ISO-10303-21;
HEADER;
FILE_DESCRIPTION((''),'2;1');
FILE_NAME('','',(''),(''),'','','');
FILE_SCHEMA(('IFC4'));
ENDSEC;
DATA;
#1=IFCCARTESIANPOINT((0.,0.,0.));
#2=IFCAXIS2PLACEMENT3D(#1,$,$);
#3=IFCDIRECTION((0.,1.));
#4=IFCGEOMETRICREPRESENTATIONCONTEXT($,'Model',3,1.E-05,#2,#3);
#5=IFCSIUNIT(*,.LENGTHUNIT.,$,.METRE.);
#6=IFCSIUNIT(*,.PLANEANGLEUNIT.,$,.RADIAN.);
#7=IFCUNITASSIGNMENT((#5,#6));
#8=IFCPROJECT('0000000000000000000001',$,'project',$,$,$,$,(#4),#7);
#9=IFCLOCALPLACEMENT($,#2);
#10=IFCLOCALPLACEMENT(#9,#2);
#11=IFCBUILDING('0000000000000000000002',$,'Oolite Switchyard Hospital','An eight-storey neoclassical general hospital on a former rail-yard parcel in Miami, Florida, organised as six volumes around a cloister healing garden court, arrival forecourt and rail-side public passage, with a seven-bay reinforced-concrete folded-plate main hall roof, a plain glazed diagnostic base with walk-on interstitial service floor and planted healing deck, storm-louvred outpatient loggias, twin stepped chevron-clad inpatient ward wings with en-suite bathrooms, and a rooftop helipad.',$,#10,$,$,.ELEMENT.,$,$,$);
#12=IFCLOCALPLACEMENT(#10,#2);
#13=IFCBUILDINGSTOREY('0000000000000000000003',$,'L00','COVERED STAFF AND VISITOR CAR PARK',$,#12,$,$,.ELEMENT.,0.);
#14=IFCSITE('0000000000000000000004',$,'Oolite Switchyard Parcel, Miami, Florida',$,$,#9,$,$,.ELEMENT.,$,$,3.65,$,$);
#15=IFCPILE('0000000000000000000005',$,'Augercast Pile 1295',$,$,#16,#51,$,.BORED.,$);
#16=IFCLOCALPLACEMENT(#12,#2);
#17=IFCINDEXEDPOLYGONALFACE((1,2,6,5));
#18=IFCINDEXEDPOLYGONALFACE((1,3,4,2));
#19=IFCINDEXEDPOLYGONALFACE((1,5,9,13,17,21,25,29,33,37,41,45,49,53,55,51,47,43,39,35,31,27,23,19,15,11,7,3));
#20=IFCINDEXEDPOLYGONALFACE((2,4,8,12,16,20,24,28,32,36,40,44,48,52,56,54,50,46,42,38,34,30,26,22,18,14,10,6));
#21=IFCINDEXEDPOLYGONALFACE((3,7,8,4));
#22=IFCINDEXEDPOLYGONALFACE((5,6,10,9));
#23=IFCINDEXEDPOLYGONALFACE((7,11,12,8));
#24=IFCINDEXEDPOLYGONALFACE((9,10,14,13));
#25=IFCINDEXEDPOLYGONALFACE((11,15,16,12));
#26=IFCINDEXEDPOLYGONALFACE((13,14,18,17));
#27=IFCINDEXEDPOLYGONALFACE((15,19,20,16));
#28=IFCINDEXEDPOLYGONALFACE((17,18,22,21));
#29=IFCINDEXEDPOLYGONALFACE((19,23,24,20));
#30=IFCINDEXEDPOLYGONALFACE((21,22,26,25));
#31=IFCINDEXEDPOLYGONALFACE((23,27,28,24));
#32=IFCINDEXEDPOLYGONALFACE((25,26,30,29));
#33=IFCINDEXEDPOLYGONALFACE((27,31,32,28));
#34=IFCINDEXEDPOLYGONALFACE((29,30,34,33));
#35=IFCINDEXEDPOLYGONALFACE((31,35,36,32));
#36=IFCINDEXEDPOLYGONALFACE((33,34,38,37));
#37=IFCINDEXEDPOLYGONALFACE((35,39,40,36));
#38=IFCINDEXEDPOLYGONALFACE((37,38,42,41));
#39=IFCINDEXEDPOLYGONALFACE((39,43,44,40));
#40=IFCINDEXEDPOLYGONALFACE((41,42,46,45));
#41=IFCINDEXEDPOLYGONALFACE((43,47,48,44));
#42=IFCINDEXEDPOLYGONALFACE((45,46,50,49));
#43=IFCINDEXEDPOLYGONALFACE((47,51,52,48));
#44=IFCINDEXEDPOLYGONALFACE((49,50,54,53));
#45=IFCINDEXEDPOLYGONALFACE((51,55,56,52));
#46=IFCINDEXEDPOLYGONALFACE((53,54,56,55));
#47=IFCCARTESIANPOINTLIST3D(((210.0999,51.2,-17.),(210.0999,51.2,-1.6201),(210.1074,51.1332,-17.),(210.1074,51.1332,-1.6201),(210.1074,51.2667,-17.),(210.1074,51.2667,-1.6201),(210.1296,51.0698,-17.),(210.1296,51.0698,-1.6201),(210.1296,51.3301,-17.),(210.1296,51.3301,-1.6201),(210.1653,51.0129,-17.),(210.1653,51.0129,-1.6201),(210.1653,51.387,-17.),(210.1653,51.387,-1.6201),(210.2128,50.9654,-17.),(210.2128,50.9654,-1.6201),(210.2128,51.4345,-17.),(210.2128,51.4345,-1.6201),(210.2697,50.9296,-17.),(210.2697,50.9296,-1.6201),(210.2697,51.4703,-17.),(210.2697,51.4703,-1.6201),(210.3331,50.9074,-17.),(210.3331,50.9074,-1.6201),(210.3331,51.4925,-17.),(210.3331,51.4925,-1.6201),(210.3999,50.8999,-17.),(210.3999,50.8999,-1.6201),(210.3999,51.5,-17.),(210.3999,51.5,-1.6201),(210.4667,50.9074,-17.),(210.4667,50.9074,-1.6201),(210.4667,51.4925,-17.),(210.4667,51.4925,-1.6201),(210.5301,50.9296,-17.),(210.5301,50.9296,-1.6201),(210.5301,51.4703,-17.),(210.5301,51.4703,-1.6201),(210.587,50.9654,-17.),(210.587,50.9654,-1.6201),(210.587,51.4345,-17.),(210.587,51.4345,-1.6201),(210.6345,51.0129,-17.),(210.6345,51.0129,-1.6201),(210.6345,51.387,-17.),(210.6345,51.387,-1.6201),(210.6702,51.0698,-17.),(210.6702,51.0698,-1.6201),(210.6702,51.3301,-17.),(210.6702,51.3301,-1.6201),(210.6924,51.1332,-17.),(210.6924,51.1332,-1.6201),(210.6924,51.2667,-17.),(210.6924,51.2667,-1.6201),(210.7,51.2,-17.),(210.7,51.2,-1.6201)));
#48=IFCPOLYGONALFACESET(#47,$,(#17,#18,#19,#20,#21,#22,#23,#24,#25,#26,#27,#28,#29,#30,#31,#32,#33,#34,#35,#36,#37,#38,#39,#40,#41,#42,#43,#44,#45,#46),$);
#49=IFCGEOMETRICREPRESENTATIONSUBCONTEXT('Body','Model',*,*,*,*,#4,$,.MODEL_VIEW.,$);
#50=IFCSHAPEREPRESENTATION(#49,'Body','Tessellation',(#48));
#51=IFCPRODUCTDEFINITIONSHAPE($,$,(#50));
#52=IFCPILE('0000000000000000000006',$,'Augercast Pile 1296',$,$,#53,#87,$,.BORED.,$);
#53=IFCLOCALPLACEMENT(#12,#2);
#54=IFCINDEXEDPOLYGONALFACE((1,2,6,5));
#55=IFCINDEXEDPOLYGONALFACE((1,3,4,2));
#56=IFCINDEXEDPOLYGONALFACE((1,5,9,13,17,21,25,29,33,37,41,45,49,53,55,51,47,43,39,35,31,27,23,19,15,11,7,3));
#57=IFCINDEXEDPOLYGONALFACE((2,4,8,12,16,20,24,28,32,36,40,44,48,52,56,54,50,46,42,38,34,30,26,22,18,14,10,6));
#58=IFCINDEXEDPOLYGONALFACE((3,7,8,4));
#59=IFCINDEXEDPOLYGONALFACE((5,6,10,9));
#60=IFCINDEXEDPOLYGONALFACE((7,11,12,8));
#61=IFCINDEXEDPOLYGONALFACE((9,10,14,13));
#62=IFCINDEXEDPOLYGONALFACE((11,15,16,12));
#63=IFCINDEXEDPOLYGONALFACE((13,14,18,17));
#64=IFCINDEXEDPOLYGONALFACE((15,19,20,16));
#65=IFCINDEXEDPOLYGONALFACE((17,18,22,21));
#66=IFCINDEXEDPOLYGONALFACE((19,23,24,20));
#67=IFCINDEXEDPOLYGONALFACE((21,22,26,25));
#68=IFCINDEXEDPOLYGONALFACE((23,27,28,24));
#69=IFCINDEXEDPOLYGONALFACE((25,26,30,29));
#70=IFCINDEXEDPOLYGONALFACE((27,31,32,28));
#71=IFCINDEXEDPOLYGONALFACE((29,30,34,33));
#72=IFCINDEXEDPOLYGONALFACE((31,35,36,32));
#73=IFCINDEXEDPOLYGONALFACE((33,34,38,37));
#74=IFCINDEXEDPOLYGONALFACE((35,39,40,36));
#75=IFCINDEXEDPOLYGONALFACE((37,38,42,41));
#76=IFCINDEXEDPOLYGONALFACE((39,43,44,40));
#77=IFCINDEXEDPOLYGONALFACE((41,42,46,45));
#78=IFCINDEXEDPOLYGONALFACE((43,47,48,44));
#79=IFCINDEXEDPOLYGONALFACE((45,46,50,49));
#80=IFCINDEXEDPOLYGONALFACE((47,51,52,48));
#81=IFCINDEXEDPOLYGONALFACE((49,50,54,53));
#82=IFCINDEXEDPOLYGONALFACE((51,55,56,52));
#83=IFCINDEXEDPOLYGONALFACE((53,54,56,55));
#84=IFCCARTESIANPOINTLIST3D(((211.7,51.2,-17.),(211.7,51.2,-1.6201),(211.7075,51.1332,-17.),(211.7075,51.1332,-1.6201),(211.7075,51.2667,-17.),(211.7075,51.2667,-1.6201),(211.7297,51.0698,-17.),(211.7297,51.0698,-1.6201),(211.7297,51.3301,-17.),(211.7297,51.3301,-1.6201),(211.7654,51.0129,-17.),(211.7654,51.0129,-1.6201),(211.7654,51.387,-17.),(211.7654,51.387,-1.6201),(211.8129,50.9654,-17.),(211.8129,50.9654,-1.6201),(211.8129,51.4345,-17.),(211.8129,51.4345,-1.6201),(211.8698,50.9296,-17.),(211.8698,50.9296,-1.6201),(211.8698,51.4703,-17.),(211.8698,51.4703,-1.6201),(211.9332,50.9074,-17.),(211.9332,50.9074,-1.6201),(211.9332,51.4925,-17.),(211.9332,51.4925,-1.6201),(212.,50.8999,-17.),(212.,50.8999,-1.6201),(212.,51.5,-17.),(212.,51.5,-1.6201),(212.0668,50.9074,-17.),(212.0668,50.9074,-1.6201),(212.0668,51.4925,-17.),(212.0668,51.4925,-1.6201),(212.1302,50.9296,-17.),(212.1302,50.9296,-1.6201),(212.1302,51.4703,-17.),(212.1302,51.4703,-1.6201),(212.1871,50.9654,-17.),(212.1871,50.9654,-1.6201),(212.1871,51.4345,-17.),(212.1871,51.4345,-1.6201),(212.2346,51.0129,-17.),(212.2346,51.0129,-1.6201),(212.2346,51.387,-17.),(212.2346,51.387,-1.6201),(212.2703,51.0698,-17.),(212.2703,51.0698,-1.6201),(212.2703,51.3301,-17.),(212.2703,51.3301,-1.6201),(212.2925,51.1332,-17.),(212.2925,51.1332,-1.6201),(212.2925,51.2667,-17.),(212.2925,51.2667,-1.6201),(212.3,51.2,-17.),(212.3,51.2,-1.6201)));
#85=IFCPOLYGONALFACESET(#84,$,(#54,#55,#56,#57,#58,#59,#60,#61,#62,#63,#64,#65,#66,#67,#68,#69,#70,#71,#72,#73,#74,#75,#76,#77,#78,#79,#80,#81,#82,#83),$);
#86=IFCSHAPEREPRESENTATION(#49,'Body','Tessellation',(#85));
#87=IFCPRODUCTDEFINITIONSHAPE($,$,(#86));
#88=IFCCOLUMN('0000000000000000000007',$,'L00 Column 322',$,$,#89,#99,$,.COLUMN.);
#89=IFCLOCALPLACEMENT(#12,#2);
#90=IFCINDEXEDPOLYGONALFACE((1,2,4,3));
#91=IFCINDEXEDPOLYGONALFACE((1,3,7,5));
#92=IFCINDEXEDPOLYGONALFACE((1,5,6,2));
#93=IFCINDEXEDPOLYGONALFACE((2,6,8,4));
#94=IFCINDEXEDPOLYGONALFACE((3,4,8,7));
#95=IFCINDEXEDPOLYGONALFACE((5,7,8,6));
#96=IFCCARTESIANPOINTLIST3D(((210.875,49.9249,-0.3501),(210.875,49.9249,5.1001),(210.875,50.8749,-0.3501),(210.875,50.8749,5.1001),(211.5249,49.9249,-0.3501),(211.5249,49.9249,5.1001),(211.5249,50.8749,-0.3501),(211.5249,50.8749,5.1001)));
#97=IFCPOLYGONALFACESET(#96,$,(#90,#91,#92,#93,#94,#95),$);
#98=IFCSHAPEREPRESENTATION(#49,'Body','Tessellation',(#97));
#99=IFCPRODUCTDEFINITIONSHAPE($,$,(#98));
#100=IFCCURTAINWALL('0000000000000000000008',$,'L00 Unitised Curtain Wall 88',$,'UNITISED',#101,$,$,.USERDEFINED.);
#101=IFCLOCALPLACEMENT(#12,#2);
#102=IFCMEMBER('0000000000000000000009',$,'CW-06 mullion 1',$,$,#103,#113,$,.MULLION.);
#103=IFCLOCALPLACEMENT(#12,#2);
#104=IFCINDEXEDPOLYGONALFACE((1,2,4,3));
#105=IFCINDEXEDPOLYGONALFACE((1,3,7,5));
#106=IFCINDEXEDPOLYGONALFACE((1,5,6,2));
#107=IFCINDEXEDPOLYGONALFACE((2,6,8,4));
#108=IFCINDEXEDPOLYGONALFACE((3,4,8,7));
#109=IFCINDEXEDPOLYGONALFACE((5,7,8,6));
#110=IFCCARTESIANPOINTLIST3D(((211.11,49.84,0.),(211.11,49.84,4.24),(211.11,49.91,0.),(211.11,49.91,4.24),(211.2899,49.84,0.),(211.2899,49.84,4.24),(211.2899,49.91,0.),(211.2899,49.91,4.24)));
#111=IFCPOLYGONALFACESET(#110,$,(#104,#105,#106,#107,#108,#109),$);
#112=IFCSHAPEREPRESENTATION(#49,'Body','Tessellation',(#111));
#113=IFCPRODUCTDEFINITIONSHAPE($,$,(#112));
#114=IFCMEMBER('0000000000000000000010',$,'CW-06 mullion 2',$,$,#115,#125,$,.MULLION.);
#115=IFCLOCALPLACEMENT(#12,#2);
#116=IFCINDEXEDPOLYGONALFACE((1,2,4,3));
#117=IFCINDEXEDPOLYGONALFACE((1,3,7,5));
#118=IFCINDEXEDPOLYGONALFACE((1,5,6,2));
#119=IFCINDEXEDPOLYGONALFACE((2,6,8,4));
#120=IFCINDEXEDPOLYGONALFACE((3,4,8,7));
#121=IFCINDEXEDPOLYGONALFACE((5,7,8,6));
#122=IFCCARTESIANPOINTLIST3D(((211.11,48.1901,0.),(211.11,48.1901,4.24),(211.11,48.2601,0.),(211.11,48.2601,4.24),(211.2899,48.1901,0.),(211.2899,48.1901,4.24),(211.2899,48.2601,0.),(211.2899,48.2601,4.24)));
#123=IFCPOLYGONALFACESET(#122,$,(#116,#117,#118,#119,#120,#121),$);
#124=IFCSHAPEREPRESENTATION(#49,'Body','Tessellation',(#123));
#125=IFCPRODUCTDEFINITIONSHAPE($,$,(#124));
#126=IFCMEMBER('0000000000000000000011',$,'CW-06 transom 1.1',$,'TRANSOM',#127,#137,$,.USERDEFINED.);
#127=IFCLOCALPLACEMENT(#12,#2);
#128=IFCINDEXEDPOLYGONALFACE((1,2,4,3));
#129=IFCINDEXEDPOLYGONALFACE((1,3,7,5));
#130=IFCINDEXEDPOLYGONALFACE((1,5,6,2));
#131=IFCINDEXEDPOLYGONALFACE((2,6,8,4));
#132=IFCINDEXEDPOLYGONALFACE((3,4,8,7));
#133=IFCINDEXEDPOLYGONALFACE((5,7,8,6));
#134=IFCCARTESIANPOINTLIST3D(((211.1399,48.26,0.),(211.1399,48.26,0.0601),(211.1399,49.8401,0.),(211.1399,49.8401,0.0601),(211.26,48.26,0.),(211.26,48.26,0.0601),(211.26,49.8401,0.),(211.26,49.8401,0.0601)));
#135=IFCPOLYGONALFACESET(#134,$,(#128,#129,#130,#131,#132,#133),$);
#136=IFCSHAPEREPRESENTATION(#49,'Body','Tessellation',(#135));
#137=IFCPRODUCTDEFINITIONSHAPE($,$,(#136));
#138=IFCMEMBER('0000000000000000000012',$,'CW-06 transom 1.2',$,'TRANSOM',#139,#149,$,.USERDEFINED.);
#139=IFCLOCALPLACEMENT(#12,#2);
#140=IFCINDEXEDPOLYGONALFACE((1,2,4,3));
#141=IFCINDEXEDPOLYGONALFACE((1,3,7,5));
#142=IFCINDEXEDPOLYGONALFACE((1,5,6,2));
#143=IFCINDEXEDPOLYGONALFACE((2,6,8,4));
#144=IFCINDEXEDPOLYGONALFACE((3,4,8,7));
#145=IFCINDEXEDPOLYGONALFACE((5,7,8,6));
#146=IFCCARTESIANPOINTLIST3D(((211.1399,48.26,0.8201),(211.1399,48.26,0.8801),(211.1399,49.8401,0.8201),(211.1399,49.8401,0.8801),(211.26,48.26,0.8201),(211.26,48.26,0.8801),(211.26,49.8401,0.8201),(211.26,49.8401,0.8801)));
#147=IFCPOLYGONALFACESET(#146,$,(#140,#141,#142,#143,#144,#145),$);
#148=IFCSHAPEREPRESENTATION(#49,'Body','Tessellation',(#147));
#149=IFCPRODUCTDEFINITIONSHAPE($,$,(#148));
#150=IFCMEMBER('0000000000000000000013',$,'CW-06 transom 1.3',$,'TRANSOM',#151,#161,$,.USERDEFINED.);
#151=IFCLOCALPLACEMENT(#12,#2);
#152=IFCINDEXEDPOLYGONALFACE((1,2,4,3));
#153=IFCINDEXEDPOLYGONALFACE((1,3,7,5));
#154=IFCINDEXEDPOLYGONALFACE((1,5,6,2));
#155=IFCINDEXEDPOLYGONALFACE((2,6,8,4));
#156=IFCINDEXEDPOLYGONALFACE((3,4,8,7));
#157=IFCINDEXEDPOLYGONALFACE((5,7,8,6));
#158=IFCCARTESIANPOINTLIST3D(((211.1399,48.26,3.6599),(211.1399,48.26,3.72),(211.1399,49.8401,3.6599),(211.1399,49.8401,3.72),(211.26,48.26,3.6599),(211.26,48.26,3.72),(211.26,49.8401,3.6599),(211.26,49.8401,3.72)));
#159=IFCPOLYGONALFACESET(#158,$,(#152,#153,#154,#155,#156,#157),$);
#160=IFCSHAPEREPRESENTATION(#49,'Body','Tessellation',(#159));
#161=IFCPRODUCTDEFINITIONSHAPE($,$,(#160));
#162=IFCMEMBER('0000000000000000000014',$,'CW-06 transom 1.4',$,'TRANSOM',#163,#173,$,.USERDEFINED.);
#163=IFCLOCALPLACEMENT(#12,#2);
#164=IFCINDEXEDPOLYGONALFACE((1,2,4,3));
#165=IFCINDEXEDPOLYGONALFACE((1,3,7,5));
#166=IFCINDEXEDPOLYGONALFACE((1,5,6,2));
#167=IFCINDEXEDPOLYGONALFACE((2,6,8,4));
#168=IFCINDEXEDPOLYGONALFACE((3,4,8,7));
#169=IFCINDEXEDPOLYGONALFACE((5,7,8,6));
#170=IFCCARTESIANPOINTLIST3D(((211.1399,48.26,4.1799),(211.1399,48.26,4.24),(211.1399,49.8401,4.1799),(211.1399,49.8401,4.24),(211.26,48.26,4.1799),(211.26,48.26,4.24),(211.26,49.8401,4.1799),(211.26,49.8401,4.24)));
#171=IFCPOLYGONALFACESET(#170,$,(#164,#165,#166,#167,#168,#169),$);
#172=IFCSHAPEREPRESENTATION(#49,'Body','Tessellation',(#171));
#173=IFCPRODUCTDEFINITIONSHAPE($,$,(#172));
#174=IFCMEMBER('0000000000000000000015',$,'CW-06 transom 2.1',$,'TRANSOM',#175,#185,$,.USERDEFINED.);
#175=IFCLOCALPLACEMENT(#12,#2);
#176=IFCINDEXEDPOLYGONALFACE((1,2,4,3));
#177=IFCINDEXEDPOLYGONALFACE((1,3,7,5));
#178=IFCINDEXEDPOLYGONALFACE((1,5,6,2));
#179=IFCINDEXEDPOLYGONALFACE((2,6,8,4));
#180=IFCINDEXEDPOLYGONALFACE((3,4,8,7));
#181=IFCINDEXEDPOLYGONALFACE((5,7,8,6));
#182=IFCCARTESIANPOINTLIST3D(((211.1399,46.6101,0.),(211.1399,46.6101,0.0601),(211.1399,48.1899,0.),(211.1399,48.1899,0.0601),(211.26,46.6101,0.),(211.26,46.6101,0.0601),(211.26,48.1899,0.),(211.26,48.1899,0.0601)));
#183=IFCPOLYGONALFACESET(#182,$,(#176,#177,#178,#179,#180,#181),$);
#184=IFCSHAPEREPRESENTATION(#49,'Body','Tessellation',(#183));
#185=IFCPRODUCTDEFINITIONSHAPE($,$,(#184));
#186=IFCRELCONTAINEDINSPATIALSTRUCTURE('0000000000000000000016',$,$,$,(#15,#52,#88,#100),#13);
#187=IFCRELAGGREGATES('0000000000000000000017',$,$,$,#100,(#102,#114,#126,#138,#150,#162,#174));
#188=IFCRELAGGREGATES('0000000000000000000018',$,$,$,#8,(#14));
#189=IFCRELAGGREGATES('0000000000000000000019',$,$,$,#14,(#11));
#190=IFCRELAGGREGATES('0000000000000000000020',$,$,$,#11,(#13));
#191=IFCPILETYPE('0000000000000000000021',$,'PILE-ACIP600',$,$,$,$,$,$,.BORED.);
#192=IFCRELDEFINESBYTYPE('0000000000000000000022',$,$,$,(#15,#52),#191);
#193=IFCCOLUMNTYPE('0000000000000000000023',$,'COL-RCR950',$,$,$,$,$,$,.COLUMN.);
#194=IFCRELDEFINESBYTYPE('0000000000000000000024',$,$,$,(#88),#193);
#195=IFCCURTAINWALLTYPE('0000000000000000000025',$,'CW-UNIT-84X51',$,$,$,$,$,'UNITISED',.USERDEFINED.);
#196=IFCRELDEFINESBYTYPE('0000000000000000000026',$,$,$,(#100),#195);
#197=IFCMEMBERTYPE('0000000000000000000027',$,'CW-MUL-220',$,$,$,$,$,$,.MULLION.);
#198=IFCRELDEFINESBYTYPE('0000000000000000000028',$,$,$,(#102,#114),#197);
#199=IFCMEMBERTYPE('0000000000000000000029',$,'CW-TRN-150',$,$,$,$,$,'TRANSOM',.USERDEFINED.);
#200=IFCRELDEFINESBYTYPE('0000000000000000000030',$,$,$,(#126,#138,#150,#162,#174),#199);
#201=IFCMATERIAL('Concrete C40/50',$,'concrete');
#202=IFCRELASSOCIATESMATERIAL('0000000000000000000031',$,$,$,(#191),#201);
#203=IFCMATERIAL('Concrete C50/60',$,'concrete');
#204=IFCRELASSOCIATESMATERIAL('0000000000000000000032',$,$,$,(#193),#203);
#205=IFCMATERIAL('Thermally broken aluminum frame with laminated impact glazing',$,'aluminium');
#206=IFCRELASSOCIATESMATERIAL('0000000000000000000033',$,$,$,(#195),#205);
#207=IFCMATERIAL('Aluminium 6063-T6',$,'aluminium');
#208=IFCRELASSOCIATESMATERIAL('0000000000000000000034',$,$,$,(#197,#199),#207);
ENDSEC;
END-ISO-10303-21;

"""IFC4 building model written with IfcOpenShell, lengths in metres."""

from ifc_helpers import new_model, si_unit, direction, frame, origin, origin_2d, place, context, subcontext, project, spatial, rectangle, circle, extrude, material, material_profile, profile_set, type_object, element, aggregate, save


model = new_model("IFC4")

# Units and contexts
model_context = context("Model", 3, precision=1e-05, world=origin(), true_north=direction((0.0, 1.0)))
body_context = subcontext(model_context, "Body", "Model", "MODEL_VIEW")
ifc_project = project(units=[si_unit("LENGTHUNIT", "METRE"), si_unit("PLANEANGLEUNIT", "RADIAN")], contexts=[model_context])

# Site, building, storey
site_placement = place(None, origin())
site = spatial("IfcSite", under=ifc_project, at=site_placement, Name="Oolite Switchyard Parcel, Miami, Florida", CompositionType="ELEMENT", RefElevation=3.65)
building_placement = place(site_placement, origin())
building = spatial("IfcBuilding", under=site, at=building_placement, Name="Oolite Switchyard Hospital", Description="An eight-storey neoclassical general hospital on a former rail-yard parcel in Miami, Florida, organised as six volumes around a cloister healing garden court, arrival forecourt and rail-side public passage, with a seven-bay reinforced-concrete folded-plate main hall roof, a plain glazed diagnostic base with walk-on interstitial service floor and planted healing deck, storm-louvred outpatient loggias, twin stepped chevron-clad inpatient ward wings with en-suite bathrooms, and a rooftop helipad.", CompositionType="ELEMENT")
storey_placement = place(building_placement, origin())
storey = spatial("IfcBuildingStorey", under=building, at=storey_placement, Name="L00", Description="COVERED STAFF AND VISITOR CAR PARK", CompositionType="ELEMENT", Elevation=0.0)

# Shared definitions
ifc_material_1 = material(Name="Concrete C40/50", Category="concrete")

# Piles
ifc_material_profile_1 = material_profile(ifc_material_1, circle(Radius=0.3, at=origin_2d()), Name="PILE600")
ifc_profile_set_1 = profile_set([ifc_material_profile_1], Name="Concrete C40/50")
pile_type = type_object("IfcPileType", Name="PILE-ACIP600", PredefinedType="BORED", material=ifc_profile_set_1)
for number, where, z_axis, x_axis, name in (
    (1, (210.3999, 51.2, -1.6201), (0.0, 0.0, -1.0), (1.0, 0.0, 0.0), "Augercast Pile 1295"),
    (2, (212.0, 51.2, -1.6201), (0.0, 0.0, -1.0), (1.0, 0.0, 0.0), "Augercast Pile 1296"),
):
    element("IfcPile", number, at=place(storey_placement, frame(where, z_axis=z_axis, x_axis=x_axis)), inside=storey, type_object=pile_type, Name=name, PredefinedType="BORED", context=body_context, shape_type="SweptSolid", body=[
        extrude(circle(Radius=0.3, at=origin_2d()), origin(), (0.0, 0.0, 1.0), 15.3799),
    ])

# Column
ifc_material_2 = material(Name="Concrete C50/60", Category="concrete")
ifc_material_profile_2 = material_profile(ifc_material_2, rectangle(XDim=0.95, YDim=0.6499, at=origin_2d()), Name="RC950X650")
ifc_profile_set_2 = profile_set([ifc_material_profile_2], Name="Concrete C50/60")
column_type = type_object("IfcColumnType", Name="COL-RCR950", PredefinedType="COLUMN", material=ifc_profile_set_2)
column_placement = place(storey_placement, frame((211.2, 50.3999, -0.3501), z_axis=(0.0, 0.0, 1.0), x_axis=(0.0, 1.0, 0.0)))
element("IfcColumn", 3, at=column_placement, inside=storey, type_object=column_type, Name="L00 Column 322", PredefinedType="COLUMN", context=body_context, shape_type="SweptSolid", body=[
    extrude(rectangle(XDim=0.95, YDim=0.6499, at=origin_2d()), origin(), (0.0, 0.0, 1.0), 5.4502),
])

# Curtain wall, members
ifc_material_3 = material(Name="Thermally broken aluminum frame with laminated impact glazing", Category="aluminium")
curtain_wall_type = type_object("IfcCurtainWallType", Name="CW-UNIT-84X51", ElementType="UNITISED", PredefinedType="USERDEFINED", material=ifc_material_3)
curtain_wall_placement = place(storey_placement, origin())
curtain_wall = element("IfcCurtainWall", 4, at=curtain_wall_placement, inside=storey, type_object=curtain_wall_type, Name="L00 Unitised Curtain Wall 88", ObjectType="UNITISED", PredefinedType="USERDEFINED")
ifc_material_4 = material(Name="Aluminium 6063-T6", Category="aluminium")
ifc_material_profile_3 = material_profile(ifc_material_4, rectangle(XDim=0.1799, YDim=0.0701, at=origin_2d()), Name="CWM70X180")
ifc_profile_set_3 = profile_set([ifc_material_profile_3], Name="Aluminium 6063-T6")
member_type_1 = type_object("IfcMemberType", Name="CW-MUL-220", PredefinedType="MULLION", material=ifc_profile_set_3)
member_1_placement = place(storey_placement, frame((211.2, 49.875, 0.0), z_axis=(0.0, 0.0, 1.0), x_axis=(1.0, 0.0, 0.0)))
member_1 = element("IfcMember", 5, at=member_1_placement, type_object=member_type_1, Name="CW-06 mullion 1", PredefinedType="MULLION", context=body_context, shape_type="SweptSolid", body=[
    extrude(rectangle(XDim=0.1799, YDim=0.0701, at=origin_2d()), origin(), (0.0, 0.0, 1.0), 4.24),
])
member_2_placement = place(storey_placement, frame((211.2, 48.2251, 0.0), z_axis=(0.0, 0.0, 1.0), x_axis=(1.0, 0.0, 0.0)))
member_2 = element("IfcMember", 6, at=member_2_placement, type_object=member_type_1, Name="CW-06 mullion 2", PredefinedType="MULLION", context=body_context, shape_type="SweptSolid", body=[
    extrude(rectangle(XDim=0.1799, YDim=0.0701, at=origin_2d()), origin(), (0.0, 0.0, 1.0), 4.24),
])
ifc_material_profile_4 = material_profile(ifc_material_4, rectangle(XDim=0.1201, YDim=0.0601, at=origin_2d()), Name="CWT60X120")
ifc_profile_set_4 = profile_set([ifc_material_profile_4], Name="Aluminium 6063-T6")
member_type_2 = type_object("IfcMemberType", Name="CW-TRN-150", ElementType="TRANSOM", PredefinedType="USERDEFINED", material=ifc_profile_set_4)
member_3_placement = place(storey_placement, frame((211.2, 49.8401, 0.03), z_axis=(0.0, -1.0, 0.0), x_axis=(1.0, 0.0, 0.0)))
member_3 = element("IfcMember", 7, at=member_3_placement, type_object=member_type_2, Name="CW-06 transom 1.1", ObjectType="TRANSOM", PredefinedType="USERDEFINED", context=body_context, shape_type="SweptSolid", body=[
    extrude(rectangle(XDim=0.1201, YDim=0.0601, at=origin_2d()), origin(), (0.0, 0.0, 1.0), 1.5801),
])
member_4_placement = place(storey_placement, frame((211.2, 49.8401, 0.8501), z_axis=(0.0, -1.0, 0.0), x_axis=(1.0, 0.0, 0.0)))
member_4 = element("IfcMember", 8, at=member_4_placement, type_object=member_type_2, Name="CW-06 transom 1.2", ObjectType="TRANSOM", PredefinedType="USERDEFINED", context=body_context, shape_type="SweptSolid", body=[
    extrude(rectangle(XDim=0.1201, YDim=0.0601, at=origin_2d()), origin(), (0.0, 0.0, 1.0), 1.5801),
])
member_5_placement = place(storey_placement, frame((211.2, 49.8401, 3.6899), z_axis=(0.0, -1.0, 0.0), x_axis=(1.0, 0.0, 0.0)))
member_5 = element("IfcMember", 9, at=member_5_placement, type_object=member_type_2, Name="CW-06 transom 1.3", ObjectType="TRANSOM", PredefinedType="USERDEFINED", context=body_context, shape_type="SweptSolid", body=[
    extrude(rectangle(XDim=0.1201, YDim=0.0601, at=origin_2d()), origin(), (0.0, 0.0, 1.0), 1.5801),
])
member_6_placement = place(storey_placement, frame((211.2, 49.8401, 4.21), z_axis=(0.0, -1.0, 0.0), x_axis=(1.0, 0.0, 0.0)))
member_6 = element("IfcMember", 10, at=member_6_placement, type_object=member_type_2, Name="CW-06 transom 1.4", ObjectType="TRANSOM", PredefinedType="USERDEFINED", context=body_context, shape_type="SweptSolid", body=[
    extrude(rectangle(XDim=0.1201, YDim=0.0601, at=origin_2d()), origin(), (0.0, 0.0, 1.0), 1.5801),
])
member_7_placement = place(storey_placement, frame((211.2, 48.1899, 0.03), z_axis=(0.0, -1.0, 0.0), x_axis=(1.0, 0.0, 0.0)))
member_7 = element("IfcMember", 11, at=member_7_placement, type_object=member_type_2, Name="CW-06 transom 2.1", ObjectType="TRANSOM", PredefinedType="USERDEFINED", context=body_context, shape_type="SweptSolid", body=[
    extrude(rectangle(XDim=0.1201, YDim=0.0601, at=origin_2d()), origin(), (0.0, 0.0, 1.0), 1.5798),
])
aggregate(curtain_wall, [member_1, member_2, member_3, member_4, member_5, member_6, member_7])

save(model, "model.ifc")
